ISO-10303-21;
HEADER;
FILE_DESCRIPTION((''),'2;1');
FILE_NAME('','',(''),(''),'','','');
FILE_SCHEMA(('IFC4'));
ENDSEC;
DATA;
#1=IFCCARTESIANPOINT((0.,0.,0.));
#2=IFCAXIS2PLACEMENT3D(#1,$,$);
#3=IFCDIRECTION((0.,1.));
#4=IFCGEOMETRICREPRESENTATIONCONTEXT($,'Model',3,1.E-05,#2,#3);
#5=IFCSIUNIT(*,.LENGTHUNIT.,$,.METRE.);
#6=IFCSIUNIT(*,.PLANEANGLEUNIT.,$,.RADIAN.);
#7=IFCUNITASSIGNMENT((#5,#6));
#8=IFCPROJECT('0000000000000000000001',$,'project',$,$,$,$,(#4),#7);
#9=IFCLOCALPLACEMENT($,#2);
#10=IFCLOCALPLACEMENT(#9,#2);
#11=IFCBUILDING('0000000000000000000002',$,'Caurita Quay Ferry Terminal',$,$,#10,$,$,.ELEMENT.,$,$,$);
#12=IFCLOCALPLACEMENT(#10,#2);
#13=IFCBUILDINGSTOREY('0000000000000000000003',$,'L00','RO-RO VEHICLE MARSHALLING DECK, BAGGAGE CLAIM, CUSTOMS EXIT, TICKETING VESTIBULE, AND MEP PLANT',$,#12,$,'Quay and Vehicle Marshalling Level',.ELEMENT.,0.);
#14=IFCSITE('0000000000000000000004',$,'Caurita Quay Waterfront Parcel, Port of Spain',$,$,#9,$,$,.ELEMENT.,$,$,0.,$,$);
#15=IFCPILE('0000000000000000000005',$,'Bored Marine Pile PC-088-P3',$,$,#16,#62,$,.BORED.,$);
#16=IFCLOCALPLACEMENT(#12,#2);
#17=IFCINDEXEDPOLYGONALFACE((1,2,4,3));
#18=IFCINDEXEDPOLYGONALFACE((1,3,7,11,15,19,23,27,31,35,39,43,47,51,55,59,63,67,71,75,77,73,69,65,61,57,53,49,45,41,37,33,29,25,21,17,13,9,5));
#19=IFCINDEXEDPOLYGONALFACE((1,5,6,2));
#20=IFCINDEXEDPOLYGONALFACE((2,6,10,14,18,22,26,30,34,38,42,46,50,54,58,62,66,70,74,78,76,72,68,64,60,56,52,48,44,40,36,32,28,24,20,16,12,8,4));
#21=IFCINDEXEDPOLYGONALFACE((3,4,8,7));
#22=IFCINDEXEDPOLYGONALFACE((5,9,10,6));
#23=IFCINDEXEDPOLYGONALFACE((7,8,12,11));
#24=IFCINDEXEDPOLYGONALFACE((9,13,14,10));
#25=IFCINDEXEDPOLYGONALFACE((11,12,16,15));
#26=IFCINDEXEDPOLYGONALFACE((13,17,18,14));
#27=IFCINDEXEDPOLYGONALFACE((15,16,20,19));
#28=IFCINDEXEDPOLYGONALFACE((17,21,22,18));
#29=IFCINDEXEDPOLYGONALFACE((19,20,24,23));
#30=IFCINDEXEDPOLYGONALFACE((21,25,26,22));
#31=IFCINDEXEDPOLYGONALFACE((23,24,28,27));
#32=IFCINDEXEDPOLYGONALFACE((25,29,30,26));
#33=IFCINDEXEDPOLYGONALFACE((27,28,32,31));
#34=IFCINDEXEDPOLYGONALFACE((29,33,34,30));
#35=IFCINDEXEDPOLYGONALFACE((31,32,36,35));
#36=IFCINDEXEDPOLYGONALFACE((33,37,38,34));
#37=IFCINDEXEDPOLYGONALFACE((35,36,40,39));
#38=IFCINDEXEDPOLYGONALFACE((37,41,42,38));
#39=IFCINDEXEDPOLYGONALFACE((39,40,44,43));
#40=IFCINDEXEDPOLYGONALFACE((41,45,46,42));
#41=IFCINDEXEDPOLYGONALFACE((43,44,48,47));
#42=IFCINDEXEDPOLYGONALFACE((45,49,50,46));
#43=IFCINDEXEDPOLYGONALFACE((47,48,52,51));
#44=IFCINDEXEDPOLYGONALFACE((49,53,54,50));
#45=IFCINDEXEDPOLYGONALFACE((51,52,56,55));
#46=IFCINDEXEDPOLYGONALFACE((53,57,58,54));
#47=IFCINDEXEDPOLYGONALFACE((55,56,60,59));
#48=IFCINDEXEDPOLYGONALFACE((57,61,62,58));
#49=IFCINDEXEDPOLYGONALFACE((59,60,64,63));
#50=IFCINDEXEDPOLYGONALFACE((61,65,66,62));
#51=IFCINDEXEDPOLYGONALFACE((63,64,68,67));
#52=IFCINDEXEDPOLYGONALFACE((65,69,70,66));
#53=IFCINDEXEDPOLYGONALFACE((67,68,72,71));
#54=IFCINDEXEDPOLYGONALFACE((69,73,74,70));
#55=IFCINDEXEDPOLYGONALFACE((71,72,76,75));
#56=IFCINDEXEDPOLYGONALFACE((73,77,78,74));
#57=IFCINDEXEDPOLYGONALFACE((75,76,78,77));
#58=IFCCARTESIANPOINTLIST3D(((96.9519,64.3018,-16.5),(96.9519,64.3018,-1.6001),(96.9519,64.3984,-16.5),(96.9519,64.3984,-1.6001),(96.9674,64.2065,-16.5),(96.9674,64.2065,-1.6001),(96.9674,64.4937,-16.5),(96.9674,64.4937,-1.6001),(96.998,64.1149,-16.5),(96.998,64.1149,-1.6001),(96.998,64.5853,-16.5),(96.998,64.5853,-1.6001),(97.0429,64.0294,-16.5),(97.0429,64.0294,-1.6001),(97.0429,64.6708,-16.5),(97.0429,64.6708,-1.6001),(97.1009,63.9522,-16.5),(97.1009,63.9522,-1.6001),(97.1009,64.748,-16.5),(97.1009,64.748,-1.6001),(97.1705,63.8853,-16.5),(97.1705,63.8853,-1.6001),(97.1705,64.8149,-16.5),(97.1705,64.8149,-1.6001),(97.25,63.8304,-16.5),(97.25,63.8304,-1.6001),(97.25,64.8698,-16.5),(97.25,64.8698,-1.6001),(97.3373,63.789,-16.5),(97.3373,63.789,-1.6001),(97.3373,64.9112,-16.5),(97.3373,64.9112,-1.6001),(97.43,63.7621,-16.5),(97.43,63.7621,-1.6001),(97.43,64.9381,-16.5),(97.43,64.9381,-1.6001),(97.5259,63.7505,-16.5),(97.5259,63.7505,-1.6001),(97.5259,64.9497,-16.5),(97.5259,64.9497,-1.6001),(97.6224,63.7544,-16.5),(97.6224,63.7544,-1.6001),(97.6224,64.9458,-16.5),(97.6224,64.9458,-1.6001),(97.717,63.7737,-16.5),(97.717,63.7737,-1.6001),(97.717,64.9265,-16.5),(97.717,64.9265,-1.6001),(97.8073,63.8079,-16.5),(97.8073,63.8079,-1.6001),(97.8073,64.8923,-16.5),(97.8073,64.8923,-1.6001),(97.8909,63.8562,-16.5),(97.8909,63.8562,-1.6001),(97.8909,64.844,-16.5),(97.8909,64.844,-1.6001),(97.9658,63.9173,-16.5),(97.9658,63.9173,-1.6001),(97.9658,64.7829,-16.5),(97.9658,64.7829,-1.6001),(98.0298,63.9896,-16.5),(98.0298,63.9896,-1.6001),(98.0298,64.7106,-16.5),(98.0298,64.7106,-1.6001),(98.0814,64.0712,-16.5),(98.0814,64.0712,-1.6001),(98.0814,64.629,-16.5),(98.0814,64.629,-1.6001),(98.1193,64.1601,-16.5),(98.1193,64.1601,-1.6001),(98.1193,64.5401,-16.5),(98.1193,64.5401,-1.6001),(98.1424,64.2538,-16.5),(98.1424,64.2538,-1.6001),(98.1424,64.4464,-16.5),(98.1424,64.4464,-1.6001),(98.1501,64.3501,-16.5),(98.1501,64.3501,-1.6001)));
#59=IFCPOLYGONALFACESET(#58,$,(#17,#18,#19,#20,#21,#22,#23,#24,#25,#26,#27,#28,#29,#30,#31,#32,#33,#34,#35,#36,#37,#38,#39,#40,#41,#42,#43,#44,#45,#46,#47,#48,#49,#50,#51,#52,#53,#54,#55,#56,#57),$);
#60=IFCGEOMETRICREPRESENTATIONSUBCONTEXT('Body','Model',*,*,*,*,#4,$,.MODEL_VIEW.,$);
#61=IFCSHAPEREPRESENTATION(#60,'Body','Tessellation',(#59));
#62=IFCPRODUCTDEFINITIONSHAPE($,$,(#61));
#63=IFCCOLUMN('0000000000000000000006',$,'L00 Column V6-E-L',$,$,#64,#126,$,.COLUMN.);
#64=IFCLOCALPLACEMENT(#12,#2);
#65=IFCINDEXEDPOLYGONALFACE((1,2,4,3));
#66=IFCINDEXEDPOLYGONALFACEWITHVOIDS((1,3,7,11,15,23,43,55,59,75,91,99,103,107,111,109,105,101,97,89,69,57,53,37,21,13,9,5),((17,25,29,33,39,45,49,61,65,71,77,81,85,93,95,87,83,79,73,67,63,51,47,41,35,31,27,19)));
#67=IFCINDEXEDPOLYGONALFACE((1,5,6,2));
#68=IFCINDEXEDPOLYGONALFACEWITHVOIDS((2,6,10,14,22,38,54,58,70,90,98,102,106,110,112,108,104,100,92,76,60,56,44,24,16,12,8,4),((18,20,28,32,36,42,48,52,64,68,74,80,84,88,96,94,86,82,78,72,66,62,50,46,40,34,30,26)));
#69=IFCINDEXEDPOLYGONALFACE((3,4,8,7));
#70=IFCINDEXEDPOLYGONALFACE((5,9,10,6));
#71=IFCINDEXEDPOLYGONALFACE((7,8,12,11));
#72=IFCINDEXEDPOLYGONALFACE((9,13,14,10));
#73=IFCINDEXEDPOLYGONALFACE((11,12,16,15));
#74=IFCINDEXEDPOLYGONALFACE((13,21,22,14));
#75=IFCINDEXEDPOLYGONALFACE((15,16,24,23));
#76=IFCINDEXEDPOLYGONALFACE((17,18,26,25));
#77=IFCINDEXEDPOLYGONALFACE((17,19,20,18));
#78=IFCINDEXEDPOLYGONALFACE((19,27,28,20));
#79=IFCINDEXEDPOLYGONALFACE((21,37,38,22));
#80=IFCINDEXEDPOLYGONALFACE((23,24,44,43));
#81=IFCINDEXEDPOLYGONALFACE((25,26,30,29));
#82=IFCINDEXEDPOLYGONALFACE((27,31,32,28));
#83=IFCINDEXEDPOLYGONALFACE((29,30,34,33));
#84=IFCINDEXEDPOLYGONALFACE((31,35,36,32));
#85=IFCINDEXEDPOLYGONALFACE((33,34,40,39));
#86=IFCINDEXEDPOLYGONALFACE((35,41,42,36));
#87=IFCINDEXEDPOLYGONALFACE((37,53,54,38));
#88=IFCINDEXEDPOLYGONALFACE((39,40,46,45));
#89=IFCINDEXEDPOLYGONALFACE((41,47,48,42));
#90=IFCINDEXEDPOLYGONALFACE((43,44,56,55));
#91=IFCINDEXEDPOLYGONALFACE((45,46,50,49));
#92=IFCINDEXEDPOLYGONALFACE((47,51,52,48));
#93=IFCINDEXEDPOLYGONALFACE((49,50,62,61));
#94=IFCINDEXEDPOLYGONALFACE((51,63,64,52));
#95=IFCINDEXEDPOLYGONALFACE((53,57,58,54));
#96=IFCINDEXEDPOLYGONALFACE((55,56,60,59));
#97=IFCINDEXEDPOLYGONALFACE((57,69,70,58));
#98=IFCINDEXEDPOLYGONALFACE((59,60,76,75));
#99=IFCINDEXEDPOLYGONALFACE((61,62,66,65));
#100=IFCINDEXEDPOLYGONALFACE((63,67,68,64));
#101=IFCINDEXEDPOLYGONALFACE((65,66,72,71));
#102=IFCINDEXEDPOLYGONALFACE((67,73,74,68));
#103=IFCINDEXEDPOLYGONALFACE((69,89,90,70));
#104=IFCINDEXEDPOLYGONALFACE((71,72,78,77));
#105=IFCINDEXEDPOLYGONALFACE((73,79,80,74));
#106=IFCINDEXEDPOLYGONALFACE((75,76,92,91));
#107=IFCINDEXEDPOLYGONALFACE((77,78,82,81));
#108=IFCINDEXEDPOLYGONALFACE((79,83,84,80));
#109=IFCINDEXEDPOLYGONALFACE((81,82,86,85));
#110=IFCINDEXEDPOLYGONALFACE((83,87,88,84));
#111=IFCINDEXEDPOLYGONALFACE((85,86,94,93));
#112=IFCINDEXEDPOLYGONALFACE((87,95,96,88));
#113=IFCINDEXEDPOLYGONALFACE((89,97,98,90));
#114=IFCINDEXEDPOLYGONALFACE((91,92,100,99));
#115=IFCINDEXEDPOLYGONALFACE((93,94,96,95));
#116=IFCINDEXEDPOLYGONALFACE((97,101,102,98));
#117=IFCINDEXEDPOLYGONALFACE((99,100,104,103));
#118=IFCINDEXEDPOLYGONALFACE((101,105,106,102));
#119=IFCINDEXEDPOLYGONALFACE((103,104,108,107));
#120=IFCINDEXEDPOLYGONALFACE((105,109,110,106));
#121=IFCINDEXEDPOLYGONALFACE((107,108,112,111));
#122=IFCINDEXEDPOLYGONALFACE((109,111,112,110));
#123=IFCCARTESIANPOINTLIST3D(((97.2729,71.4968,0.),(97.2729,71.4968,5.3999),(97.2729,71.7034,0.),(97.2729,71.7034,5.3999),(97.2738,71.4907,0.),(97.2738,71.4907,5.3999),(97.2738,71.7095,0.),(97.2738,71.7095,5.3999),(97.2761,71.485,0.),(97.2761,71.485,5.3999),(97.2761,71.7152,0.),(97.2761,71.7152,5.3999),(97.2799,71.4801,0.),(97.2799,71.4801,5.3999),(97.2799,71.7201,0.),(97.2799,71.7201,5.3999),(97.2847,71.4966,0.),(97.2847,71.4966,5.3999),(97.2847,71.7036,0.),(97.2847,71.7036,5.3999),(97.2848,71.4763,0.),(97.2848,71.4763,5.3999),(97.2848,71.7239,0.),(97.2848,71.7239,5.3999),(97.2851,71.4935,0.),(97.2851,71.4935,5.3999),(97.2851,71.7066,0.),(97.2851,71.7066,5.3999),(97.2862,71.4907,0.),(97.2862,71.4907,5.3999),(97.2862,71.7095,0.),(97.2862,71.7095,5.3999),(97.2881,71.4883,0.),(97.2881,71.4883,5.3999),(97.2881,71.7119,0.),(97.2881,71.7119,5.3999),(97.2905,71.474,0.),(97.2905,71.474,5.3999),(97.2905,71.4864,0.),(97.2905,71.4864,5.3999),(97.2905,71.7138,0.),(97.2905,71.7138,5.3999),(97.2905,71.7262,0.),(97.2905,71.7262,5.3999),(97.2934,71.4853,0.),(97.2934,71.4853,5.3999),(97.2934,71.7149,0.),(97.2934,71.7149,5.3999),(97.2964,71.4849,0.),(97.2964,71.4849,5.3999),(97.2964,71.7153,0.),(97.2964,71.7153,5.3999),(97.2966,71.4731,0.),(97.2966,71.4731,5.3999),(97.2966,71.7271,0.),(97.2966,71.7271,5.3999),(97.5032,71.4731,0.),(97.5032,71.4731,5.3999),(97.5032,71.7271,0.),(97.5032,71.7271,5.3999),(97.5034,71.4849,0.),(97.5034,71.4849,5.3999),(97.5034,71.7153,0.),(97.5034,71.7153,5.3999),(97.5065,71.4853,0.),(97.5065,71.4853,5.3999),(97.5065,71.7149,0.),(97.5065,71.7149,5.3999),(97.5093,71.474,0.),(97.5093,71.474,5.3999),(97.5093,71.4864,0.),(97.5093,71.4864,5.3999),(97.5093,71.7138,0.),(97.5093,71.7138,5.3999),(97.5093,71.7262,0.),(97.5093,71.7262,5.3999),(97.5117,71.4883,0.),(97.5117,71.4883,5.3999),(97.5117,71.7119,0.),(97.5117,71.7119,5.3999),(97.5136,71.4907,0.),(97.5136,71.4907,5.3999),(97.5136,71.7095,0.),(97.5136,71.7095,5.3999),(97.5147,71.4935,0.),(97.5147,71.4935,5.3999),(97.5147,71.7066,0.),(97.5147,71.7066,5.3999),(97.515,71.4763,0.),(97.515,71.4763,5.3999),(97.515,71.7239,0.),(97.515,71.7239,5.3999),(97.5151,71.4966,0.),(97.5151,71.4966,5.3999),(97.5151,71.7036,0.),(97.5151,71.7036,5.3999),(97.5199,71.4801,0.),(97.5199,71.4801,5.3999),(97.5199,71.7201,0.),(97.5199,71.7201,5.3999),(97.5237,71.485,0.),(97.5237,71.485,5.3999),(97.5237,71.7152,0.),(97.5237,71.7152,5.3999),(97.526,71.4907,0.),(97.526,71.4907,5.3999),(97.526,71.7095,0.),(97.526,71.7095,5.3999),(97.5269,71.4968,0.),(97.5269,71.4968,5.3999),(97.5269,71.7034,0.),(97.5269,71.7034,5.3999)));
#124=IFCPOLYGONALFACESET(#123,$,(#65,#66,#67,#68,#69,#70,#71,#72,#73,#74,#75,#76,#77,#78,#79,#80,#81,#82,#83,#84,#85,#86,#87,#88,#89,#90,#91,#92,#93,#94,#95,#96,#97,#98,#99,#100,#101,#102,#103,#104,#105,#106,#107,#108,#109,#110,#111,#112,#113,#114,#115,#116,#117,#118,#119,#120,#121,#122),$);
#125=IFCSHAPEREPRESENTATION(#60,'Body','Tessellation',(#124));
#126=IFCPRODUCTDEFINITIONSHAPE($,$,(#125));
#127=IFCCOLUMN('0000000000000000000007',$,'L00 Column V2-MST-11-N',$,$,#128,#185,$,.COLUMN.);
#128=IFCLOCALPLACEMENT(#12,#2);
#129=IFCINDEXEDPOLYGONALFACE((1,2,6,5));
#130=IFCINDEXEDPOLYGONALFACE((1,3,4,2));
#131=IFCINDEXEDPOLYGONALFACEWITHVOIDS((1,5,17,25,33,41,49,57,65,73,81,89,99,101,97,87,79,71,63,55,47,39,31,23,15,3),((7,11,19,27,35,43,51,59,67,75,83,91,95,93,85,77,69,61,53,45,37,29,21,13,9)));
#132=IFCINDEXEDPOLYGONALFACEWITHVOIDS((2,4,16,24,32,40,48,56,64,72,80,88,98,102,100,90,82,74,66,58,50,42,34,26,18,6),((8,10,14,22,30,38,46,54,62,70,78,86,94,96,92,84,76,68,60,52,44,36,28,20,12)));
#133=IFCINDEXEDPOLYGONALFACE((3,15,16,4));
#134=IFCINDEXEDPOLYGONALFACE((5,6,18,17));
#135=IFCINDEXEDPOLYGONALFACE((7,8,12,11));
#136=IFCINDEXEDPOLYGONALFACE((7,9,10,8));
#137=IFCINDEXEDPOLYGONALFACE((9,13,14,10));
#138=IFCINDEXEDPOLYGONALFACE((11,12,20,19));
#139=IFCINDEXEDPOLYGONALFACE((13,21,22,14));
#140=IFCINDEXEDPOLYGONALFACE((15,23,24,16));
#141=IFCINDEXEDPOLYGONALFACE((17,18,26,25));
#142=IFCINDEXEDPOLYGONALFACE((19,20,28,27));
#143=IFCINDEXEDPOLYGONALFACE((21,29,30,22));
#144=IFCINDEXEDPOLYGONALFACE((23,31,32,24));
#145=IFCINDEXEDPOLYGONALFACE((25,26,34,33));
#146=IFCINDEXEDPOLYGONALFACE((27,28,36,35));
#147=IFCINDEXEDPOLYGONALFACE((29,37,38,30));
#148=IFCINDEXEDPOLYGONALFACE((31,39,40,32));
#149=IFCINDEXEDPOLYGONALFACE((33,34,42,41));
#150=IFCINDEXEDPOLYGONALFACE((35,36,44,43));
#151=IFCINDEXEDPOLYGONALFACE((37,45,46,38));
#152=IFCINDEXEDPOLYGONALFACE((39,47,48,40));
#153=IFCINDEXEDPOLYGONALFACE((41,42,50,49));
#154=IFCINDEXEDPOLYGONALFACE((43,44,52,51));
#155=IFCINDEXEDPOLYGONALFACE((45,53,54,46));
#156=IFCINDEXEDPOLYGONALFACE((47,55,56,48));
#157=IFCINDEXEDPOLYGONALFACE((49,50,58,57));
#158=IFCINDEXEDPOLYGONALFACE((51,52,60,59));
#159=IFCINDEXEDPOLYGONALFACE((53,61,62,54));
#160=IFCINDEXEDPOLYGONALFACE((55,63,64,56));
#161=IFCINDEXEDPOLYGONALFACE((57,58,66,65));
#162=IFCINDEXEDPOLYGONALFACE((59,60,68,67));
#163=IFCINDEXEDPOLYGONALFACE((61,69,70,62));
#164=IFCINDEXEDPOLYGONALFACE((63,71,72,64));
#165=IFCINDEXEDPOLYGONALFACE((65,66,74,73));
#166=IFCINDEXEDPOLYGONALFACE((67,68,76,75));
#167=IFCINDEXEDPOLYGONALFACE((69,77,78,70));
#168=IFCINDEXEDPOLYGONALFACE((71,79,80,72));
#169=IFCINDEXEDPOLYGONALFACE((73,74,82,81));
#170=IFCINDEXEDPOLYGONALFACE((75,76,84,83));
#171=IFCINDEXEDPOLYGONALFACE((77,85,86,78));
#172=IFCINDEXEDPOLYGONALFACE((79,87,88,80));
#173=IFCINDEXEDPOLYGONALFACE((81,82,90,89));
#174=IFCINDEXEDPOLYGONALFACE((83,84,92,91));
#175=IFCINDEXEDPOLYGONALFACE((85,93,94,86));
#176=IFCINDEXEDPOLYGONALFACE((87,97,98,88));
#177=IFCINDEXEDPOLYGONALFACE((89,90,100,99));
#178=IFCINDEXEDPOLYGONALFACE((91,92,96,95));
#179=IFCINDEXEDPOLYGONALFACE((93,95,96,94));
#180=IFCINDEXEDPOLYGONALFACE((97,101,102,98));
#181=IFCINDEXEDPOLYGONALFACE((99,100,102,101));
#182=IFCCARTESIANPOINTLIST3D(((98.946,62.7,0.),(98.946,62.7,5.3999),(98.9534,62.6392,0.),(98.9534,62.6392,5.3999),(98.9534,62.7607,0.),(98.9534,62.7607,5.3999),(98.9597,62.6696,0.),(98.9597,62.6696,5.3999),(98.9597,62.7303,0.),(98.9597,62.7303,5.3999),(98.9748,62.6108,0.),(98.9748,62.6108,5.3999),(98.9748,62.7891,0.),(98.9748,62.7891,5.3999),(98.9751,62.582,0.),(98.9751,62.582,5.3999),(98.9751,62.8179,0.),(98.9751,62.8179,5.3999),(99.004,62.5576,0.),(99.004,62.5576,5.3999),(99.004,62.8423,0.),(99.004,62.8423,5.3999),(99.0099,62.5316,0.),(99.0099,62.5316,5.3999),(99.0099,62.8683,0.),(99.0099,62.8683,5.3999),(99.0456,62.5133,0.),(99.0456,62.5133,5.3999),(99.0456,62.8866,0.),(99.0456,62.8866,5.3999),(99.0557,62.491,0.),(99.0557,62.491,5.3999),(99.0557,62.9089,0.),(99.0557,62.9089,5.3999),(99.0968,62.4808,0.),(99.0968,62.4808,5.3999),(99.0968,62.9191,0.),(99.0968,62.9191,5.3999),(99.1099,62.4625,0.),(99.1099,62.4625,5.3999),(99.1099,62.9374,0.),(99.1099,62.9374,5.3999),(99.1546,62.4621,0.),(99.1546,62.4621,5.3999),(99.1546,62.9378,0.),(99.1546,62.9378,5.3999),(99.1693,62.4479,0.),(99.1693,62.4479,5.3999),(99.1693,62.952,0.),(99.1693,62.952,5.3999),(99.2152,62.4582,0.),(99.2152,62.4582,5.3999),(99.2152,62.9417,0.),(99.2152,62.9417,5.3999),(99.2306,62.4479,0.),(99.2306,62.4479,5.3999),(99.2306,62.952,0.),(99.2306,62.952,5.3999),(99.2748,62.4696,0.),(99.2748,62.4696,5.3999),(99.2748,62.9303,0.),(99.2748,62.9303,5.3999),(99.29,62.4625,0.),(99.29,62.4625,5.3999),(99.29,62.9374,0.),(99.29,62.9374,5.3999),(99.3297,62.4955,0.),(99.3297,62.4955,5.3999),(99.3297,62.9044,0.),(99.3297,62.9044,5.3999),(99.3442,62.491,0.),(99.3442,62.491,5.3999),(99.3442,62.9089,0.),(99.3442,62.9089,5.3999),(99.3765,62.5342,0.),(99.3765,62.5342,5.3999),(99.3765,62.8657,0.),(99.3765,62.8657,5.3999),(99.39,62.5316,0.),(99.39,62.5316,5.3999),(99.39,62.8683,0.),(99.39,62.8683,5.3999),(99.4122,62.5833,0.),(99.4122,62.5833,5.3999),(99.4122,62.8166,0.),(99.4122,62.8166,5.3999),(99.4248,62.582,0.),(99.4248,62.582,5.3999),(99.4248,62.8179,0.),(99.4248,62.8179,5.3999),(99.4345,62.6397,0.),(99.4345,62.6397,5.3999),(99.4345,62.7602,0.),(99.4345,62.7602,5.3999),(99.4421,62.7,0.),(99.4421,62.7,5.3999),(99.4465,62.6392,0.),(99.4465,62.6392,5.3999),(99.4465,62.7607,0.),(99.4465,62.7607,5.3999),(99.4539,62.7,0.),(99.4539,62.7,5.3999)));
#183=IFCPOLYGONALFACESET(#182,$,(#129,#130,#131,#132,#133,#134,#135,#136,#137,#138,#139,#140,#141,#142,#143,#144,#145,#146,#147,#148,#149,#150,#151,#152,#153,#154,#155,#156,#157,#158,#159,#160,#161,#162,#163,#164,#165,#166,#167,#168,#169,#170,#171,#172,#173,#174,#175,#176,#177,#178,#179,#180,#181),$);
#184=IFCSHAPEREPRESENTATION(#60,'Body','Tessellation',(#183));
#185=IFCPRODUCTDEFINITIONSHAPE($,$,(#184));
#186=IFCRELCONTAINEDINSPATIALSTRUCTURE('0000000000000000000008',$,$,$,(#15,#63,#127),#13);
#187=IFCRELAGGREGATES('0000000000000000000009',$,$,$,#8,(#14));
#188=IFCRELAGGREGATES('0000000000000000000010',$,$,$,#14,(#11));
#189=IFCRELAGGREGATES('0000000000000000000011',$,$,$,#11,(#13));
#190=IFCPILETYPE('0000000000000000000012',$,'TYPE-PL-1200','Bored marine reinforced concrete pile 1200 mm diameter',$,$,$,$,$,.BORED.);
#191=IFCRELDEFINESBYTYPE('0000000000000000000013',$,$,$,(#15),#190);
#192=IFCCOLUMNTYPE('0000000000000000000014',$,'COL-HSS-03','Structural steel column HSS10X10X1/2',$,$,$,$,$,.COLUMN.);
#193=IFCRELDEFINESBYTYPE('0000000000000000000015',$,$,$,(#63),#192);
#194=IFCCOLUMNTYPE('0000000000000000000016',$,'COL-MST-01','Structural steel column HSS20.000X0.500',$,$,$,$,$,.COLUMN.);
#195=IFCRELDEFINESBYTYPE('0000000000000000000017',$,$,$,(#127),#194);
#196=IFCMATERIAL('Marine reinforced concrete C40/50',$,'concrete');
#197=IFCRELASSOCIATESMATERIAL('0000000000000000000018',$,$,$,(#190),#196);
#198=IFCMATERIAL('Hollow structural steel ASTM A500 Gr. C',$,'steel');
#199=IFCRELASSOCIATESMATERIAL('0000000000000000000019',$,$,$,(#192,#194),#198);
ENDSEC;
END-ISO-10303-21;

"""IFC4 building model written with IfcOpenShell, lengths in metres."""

from ifc_helpers import new_model, si_unit, direction, frame, origin, origin_2d, place, context, subcontext, project, spatial, hollow_rectangle, circle, hollow_circle, extrude, material, material_profile, profile_set, type_object, element, save


model = new_model("IFC4")

# Units and contexts
model_context = context("Model", 3, precision=1e-05, world=origin(), true_north=direction((0.0, 1.0)))
body_context = subcontext(model_context, "Body", "Model", "MODEL_VIEW")
ifc_project = project(units=[si_unit("LENGTHUNIT", "METRE"), si_unit("PLANEANGLEUNIT", "RADIAN")], contexts=[model_context])

# Site, building, storey
site_placement = place(None, origin())
site = spatial("IfcSite", under=ifc_project, at=site_placement, Name="Caurita Quay Waterfront Parcel, Port of Spain", CompositionType="ELEMENT", RefElevation=0.0)
building_placement = place(site_placement, origin())
building = spatial("IfcBuilding", under=site, at=building_placement, Name="Caurita Quay Ferry Terminal", CompositionType="ELEMENT")
storey_placement = place(building_placement, origin())
storey = spatial("IfcBuildingStorey", under=building, at=storey_placement, Name="L00", Description="RO-RO VEHICLE MARSHALLING DECK, BAGGAGE CLAIM, CUSTOMS EXIT, TICKETING VESTIBULE, AND MEP PLANT", LongName="Quay and Vehicle Marshalling Level", CompositionType="ELEMENT", Elevation=0.0)

# Pile
ifc_material_1 = material(Name="Marine reinforced concrete C40/50", Category="concrete")
ifc_material_profile_1 = material_profile(ifc_material_1, circle(Radius=0.6001, at=origin_2d()), Name="PILE-D1200")
ifc_profile_set_1 = profile_set([ifc_material_profile_1], Name="Marine reinforced concrete C40/50")
pile_type_1 = type_object("IfcPileType", Name="TYPE-PL-1200", Description="Bored marine reinforced concrete pile 1200 mm diameter", PredefinedType="BORED", material=ifc_profile_set_1)
for number, where, z_axis, x_axis, name in (
    (1, (97.55, 64.3501, -1.6001), (0.0, 0.0, -1.0), (1.0, 0.0, 0.0), "Bored Marine Pile PC-088-P3"),
):
    element("IfcPile", number, at=place(storey_placement, frame(where, z_axis=z_axis, x_axis=x_axis)), inside=storey, type_object=pile_type_1, Name=name, PredefinedType="BORED", context=body_context, shape_type="SweptSolid", body=[
        extrude(circle(Radius=0.6001, at=origin_2d()), origin(), (0.0, 0.0, 1.0), 14.8999),
    ])

# Columns
ifc_material_2 = material(Name="Hollow structural steel ASTM A500 Gr. C", Category="steel")
ifc_material_profile_2 = material_profile(ifc_material_2, hollow_rectangle(XDim=0.2539, YDim=0.2539, WallThickness=0.0117, InnerFilletRadius=0.0117, OuterFilletRadius=0.0237, at=origin_2d()), Name="HSS10X10X1/2")
ifc_profile_set_2 = profile_set([ifc_material_profile_2], Name="Hollow structural steel ASTM A500 Gr. C")
column_type_1 = type_object("IfcColumnType", Name="COL-HSS-03", Description="Structural steel column HSS10X10X1/2", PredefinedType="COLUMN", material=ifc_profile_set_2)
column_1_placement = place(storey_placement, frame((97.3999, 71.6001, 0.0), z_axis=(0.0, 0.0, 1.0), x_axis=(1.0, 0.0, 0.0)))
element("IfcColumn", 2, at=column_1_placement, inside=storey, type_object=column_type_1, Name="L00 Column V6-E-L", PredefinedType="COLUMN", context=body_context, shape_type="SweptSolid", body=[
    extrude(hollow_rectangle(XDim=0.2539, YDim=0.2539, WallThickness=0.0117, InnerFilletRadius=0.0117, OuterFilletRadius=0.0237, at=origin_2d()), origin(), (0.0, 0.0, 1.0), 5.3999),
])
ifc_material_profile_3 = material_profile(ifc_material_2, hollow_circle(Radius=0.2539, WallThickness=0.0117, at=origin_2d()), Name="HSS20.000X0.500")
ifc_profile_set_3 = profile_set([ifc_material_profile_3], Name="Hollow structural steel ASTM A500 Gr. C")
column_type_2 = type_object("IfcColumnType", Name="COL-MST-01", Description="Structural steel column HSS20.000X0.500", PredefinedType="COLUMN", material=ifc_profile_set_3)
column_2_placement = place(storey_placement, frame((99.2, 62.7, 0.0), z_axis=(0.0, 0.0, 1.0), x_axis=(1.0, 0.0, 0.0)))
element("IfcColumn", 3, at=column_2_placement, inside=storey, type_object=column_type_2, Name="L00 Column V2-MST-11-N", PredefinedType="COLUMN", context=body_context, shape_type="SweptSolid", body=[
    extrude(hollow_circle(Radius=0.2539, WallThickness=0.0117, at=origin_2d()), origin(), (0.0, 0.0, 1.0), 5.3999),
])

save(model, "model.ifc")
